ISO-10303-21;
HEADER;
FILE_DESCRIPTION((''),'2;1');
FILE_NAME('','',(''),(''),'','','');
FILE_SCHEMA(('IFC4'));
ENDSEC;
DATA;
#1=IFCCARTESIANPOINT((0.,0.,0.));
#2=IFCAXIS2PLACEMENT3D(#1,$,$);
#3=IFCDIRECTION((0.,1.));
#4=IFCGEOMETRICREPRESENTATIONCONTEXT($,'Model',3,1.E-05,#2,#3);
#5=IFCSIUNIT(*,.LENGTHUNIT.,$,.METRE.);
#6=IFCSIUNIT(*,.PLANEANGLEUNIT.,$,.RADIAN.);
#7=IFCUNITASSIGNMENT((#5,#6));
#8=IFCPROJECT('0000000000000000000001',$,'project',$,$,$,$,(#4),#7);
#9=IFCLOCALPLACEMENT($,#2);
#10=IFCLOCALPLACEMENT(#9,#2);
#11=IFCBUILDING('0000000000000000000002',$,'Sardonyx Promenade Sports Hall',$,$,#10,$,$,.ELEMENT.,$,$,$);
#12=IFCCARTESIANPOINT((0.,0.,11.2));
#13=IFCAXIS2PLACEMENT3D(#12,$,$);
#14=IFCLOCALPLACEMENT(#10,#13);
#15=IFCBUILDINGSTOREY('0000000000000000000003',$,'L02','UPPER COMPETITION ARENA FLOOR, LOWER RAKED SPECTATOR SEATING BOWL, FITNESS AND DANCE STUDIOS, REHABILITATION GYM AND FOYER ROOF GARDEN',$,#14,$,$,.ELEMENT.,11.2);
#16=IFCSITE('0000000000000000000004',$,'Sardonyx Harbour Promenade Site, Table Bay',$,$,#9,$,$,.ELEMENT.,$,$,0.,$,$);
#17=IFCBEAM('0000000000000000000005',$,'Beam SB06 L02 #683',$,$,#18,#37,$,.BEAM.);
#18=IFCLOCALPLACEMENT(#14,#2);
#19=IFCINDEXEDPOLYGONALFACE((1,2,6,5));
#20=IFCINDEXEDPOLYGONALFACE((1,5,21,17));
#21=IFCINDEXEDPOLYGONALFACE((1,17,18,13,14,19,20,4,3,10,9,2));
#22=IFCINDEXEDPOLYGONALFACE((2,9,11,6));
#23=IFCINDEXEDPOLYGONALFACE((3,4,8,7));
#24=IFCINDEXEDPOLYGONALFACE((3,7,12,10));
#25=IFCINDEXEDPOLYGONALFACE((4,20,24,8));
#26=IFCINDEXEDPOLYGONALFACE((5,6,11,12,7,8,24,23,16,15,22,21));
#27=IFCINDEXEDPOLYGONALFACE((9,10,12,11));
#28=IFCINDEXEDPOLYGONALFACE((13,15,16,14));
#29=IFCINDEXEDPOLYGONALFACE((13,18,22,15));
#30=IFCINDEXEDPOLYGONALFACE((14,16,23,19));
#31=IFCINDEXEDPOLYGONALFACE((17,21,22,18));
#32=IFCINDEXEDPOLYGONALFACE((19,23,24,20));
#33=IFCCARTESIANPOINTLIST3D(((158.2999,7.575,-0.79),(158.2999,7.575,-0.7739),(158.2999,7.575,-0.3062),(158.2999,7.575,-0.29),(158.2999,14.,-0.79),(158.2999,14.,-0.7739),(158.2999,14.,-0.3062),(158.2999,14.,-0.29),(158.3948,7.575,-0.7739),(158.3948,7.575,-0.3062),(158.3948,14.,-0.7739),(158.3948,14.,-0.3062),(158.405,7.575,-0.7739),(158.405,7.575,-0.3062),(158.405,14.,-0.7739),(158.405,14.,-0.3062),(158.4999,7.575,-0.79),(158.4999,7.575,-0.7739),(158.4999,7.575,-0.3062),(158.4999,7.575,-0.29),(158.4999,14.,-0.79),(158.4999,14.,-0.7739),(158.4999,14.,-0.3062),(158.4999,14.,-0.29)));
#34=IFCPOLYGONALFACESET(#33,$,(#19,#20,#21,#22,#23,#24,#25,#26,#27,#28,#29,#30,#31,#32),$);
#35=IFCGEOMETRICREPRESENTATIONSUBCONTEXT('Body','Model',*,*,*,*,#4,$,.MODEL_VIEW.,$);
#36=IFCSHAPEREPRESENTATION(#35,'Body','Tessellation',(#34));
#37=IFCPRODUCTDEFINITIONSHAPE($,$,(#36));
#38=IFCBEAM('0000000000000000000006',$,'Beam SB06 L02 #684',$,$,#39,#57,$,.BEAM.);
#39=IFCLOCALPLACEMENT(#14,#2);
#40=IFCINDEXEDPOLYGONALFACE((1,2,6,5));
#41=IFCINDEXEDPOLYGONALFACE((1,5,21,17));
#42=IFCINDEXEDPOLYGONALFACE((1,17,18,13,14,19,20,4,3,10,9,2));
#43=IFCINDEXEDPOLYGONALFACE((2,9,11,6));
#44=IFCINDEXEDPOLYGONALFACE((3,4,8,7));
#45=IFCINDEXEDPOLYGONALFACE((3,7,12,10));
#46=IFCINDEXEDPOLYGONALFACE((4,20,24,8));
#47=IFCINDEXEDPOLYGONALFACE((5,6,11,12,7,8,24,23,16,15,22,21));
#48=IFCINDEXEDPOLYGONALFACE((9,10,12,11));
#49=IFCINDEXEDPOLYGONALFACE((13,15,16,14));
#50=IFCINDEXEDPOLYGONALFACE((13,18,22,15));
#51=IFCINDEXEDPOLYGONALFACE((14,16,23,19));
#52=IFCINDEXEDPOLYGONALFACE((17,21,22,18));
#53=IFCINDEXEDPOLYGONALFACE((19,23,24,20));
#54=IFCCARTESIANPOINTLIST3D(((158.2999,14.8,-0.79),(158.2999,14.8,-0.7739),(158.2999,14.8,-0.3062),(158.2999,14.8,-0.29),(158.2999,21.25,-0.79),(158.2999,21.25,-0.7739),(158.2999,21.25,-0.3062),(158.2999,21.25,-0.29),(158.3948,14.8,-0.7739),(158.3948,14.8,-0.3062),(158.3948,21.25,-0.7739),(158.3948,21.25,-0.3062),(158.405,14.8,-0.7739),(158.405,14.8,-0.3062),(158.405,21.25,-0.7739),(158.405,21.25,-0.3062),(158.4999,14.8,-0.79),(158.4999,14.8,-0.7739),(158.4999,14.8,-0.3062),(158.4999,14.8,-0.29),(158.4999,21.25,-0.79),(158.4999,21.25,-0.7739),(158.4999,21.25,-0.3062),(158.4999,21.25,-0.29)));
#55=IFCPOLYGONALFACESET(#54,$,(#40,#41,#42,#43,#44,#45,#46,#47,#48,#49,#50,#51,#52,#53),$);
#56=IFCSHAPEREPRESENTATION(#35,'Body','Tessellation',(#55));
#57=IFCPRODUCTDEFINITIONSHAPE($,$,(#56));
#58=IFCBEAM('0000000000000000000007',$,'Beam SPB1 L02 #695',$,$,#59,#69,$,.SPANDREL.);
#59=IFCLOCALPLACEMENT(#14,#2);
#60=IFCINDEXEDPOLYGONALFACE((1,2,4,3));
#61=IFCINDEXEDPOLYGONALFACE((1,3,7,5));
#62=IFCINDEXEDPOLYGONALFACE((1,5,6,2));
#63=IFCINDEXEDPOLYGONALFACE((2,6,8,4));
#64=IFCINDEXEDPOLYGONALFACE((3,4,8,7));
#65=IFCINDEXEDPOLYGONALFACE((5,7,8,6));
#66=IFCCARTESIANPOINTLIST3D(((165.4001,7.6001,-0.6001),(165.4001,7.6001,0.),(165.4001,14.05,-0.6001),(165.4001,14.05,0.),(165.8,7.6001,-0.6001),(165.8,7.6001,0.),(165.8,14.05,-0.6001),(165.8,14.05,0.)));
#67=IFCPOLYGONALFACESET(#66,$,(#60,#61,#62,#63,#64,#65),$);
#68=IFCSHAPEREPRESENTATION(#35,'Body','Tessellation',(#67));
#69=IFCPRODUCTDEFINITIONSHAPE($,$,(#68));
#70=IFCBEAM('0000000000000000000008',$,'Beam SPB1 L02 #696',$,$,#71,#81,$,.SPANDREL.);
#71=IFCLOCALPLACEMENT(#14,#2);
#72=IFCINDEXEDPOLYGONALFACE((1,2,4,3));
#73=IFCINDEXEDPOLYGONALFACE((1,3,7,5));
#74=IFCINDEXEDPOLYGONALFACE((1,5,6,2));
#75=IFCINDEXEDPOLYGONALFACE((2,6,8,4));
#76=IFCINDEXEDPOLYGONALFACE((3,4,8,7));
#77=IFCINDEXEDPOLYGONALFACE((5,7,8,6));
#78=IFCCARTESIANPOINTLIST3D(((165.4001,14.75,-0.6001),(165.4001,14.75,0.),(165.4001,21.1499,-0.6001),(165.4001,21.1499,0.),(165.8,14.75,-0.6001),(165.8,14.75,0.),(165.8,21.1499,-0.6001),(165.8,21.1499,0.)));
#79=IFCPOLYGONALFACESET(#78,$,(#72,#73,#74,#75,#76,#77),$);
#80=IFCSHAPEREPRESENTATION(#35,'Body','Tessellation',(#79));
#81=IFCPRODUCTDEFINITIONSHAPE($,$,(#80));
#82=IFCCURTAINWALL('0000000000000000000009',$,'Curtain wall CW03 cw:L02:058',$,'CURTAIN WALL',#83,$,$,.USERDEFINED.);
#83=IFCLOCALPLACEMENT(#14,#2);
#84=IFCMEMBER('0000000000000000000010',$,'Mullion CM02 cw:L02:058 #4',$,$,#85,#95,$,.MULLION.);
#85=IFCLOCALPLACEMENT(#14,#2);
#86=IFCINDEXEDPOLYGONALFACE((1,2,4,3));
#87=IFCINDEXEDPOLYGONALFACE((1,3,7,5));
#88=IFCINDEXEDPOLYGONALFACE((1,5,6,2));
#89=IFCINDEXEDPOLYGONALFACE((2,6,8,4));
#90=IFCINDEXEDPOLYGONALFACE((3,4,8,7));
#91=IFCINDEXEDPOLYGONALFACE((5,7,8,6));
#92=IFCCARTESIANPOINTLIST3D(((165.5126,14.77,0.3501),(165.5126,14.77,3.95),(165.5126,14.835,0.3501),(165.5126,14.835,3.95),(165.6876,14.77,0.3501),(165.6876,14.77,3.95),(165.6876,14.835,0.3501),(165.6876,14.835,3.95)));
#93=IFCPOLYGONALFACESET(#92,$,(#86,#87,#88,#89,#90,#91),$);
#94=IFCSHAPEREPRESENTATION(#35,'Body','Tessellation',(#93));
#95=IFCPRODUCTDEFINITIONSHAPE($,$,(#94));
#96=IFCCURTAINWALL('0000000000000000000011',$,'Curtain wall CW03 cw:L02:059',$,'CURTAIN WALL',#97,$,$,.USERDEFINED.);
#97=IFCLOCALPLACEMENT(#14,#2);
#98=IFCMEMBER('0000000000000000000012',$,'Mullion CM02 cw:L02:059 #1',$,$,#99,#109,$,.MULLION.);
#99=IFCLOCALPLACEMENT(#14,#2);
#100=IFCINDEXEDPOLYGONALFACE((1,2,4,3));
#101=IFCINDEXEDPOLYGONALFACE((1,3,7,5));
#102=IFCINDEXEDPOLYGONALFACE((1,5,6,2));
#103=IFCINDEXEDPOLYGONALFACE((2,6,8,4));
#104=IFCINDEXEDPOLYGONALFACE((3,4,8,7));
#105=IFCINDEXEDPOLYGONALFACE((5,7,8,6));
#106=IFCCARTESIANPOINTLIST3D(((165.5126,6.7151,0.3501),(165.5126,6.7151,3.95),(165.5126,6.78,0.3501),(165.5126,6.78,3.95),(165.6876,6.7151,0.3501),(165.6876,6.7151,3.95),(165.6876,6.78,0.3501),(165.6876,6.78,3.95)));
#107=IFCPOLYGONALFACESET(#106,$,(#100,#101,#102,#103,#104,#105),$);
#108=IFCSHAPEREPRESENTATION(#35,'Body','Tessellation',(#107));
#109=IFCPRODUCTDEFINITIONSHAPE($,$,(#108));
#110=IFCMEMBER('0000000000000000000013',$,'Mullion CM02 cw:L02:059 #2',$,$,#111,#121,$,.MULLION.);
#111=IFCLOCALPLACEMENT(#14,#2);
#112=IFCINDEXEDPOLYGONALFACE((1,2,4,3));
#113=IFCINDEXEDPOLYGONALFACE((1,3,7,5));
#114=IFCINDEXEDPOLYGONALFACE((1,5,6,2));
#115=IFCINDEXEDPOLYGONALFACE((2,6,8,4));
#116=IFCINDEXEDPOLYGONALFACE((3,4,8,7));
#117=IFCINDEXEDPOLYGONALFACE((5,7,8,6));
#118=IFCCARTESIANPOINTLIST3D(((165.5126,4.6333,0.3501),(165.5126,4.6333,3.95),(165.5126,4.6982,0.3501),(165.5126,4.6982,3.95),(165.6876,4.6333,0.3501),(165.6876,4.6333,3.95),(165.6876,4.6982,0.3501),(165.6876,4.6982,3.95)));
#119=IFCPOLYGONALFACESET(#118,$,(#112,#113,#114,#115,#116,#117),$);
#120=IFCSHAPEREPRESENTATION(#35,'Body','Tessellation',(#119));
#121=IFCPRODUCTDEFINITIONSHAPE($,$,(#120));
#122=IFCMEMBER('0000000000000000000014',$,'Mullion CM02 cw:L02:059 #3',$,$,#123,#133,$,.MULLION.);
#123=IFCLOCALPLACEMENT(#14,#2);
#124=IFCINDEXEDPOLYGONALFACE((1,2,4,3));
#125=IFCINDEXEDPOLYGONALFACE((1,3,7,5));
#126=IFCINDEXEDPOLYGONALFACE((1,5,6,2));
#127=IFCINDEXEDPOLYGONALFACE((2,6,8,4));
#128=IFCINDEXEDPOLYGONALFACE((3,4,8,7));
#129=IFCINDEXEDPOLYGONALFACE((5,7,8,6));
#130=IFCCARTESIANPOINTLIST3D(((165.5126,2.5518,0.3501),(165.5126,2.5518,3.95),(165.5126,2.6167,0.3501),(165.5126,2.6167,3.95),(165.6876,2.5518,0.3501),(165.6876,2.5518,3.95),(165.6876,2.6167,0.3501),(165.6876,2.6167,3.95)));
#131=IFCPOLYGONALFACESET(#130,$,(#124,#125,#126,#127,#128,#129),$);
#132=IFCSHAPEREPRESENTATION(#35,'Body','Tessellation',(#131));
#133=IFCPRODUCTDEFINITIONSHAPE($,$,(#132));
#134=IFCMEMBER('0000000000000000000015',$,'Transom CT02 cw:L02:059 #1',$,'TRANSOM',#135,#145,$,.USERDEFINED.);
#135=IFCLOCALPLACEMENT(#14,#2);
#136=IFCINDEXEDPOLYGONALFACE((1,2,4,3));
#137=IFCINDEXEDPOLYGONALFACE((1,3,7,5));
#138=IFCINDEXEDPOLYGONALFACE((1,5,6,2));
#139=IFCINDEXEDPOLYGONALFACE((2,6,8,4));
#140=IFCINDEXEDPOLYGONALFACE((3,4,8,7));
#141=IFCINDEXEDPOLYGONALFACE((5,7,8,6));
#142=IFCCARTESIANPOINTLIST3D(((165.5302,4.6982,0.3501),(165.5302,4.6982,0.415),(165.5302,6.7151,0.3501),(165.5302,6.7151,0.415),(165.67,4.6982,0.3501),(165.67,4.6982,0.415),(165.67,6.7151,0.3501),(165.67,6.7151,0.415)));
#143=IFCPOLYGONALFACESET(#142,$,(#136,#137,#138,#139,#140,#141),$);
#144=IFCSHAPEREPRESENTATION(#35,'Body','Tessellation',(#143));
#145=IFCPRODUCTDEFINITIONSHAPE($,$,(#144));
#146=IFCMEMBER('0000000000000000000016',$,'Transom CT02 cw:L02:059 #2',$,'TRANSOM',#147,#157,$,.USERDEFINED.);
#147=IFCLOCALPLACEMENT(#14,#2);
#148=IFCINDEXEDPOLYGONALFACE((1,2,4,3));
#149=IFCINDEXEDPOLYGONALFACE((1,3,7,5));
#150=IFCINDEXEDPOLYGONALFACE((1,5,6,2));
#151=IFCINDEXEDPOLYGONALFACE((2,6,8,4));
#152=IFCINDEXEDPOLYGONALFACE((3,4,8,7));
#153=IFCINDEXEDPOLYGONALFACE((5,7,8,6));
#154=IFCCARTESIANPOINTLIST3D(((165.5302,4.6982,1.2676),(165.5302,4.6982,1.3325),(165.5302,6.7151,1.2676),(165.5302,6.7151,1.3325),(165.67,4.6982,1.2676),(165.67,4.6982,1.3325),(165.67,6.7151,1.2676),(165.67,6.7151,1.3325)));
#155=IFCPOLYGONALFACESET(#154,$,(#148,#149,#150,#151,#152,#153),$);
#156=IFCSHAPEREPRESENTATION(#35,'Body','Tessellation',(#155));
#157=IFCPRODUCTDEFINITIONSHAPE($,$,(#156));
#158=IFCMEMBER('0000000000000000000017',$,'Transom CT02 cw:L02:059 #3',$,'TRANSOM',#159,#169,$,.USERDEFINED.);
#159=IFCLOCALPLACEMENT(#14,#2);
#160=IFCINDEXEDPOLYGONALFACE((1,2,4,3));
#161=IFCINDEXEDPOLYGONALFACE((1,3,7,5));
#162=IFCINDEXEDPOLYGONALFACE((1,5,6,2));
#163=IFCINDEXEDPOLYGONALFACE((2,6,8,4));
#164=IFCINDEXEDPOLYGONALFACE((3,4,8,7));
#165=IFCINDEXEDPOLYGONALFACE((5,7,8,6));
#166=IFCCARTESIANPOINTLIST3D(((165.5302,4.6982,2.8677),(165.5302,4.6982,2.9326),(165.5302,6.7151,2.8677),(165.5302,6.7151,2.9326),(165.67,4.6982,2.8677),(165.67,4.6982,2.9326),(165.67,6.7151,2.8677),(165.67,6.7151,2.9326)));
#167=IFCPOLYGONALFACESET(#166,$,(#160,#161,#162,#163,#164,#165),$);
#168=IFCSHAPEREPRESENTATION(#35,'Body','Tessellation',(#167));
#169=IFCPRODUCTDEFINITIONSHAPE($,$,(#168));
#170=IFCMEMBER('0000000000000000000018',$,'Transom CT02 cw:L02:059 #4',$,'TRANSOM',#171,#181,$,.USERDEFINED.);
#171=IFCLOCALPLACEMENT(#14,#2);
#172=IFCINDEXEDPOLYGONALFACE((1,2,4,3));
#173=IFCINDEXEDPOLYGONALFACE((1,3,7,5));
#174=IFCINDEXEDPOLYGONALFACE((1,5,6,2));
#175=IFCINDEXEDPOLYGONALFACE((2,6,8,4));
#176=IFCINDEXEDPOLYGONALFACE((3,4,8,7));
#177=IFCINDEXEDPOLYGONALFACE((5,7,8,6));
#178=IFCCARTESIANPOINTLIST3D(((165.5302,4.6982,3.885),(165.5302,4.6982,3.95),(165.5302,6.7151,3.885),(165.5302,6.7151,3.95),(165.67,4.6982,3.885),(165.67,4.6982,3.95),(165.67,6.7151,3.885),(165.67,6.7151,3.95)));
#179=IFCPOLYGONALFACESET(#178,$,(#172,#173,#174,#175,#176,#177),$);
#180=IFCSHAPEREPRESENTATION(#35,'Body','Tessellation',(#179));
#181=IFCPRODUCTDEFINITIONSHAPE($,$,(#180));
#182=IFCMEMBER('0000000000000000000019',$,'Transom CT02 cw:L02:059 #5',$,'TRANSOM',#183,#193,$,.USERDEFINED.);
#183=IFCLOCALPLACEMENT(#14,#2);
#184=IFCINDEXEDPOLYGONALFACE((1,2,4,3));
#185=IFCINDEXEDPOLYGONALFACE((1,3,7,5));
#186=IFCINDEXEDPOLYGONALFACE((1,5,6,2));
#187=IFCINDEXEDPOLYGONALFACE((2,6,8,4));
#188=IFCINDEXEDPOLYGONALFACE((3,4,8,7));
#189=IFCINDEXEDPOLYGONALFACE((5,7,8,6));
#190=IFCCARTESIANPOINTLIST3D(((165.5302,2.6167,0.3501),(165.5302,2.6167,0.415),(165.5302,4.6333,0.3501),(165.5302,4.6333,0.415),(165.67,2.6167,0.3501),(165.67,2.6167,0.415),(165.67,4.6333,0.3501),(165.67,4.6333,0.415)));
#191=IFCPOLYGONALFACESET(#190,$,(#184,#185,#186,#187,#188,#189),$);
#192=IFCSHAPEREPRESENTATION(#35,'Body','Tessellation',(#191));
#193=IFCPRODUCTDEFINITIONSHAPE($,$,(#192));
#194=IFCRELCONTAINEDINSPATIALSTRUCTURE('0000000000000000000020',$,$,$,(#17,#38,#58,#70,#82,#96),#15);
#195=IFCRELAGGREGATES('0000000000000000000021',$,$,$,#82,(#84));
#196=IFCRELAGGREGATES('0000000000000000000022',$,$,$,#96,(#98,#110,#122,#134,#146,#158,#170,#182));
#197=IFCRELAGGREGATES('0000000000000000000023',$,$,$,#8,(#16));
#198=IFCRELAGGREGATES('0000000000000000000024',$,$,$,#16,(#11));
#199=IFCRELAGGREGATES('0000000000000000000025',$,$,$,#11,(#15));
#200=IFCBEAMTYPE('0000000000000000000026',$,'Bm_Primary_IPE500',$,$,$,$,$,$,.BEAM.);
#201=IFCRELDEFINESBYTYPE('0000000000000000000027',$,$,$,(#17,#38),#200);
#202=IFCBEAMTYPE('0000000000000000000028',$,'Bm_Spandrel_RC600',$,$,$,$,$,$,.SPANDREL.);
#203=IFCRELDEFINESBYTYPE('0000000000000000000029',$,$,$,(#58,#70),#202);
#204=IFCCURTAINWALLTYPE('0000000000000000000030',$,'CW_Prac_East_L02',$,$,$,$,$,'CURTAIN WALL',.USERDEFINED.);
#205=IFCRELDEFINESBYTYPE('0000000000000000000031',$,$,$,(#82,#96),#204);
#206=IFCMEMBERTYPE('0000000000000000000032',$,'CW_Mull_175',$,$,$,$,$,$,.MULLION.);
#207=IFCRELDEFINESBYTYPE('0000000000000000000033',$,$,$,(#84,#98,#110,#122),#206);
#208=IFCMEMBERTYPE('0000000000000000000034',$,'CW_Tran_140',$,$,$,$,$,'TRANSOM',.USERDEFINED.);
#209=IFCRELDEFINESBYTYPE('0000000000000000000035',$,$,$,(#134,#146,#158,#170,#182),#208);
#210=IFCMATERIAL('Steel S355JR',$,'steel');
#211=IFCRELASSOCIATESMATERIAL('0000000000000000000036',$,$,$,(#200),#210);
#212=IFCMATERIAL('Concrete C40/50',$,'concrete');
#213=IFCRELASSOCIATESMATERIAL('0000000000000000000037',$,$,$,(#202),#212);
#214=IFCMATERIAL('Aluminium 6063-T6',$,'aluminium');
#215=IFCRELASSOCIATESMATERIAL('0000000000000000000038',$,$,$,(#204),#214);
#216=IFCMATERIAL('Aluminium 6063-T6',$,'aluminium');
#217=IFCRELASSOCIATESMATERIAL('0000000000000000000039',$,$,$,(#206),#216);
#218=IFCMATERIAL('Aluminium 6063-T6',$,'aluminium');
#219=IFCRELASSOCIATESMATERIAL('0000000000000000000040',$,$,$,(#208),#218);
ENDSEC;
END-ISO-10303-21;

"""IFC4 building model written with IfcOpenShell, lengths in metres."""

from ifc_helpers import new_model, si_unit, direction, frame, origin, origin_2d, place, context, subcontext, project, spatial, rectangle, i_section, extrude, material, material_profile, profile_set, type_object, element, aggregate, save


model = new_model("IFC4")

# Units and contexts
model_context = context("Model", 3, precision=1e-05, world=origin(), true_north=direction((0.0, 1.0)))
body_context = subcontext(model_context, "Body", "Model", "MODEL_VIEW")
ifc_project = project(units=[si_unit("LENGTHUNIT", "METRE"), si_unit("PLANEANGLEUNIT", "RADIAN")], contexts=[model_context])

# Site, building, storey
site_placement = place(None, origin())
site = spatial("IfcSite", under=ifc_project, at=site_placement, Name="Sardonyx Harbour Promenade Site, Table Bay", CompositionType="ELEMENT", RefElevation=0.0)
building_placement = place(site_placement, origin())
building = spatial("IfcBuilding", under=site, at=building_placement, Name="Sardonyx Promenade Sports Hall", CompositionType="ELEMENT")
storey_placement = place(building_placement, frame((0.0, 0.0, 11.2)))
storey = spatial("IfcBuildingStorey", under=building, at=storey_placement, Name="L02", Description="UPPER COMPETITION ARENA FLOOR, LOWER RAKED SPECTATOR SEATING BOWL, FITNESS AND DANCE STUDIOS, REHABILITATION GYM AND FOYER ROOF GARDEN", CompositionType="ELEMENT", Elevation=11.2)

# Beams
ifc_material_1 = material(Name="Steel S355JR", Category="steel")
ifc_material_profile_1 = material_profile(ifc_material_1, i_section(OverallWidth=0.2, OverallDepth=0.5, WebThickness=0.0103, FlangeThickness=0.0161, at=origin_2d()))
ifc_profile_set_1 = profile_set([ifc_material_profile_1], Name="Steel S355JR")
beam_type_1 = type_object("IfcBeamType", Name="Bm_Primary_IPE500", PredefinedType="BEAM", material=ifc_profile_set_1)
beam_1_placement = place(storey_placement, frame((158.3999, 7.575, -0.54), z_axis=(0.0, 1.0, 0.0), x_axis=(-1.0, 0.0, 0.0)))
element("IfcBeam", 1, at=beam_1_placement, inside=storey, type_object=beam_type_1, Name="Beam SB06 L02 #683", PredefinedType="BEAM", context=body_context, shape_type="SweptSolid", body=[
    extrude(i_section(OverallWidth=0.2, OverallDepth=0.5, WebThickness=0.0103, FlangeThickness=0.0161, at=origin_2d()), origin(), (0.0, 0.0, 1.0), 6.425),
])
beam_2_placement = place(storey_placement, frame((158.3999, 14.8, -0.54), z_axis=(0.0, 1.0, 0.0), x_axis=(-1.0, 0.0, 0.0)))
element("IfcBeam", 2, at=beam_2_placement, inside=storey, type_object=beam_type_1, Name="Beam SB06 L02 #684", PredefinedType="BEAM", context=body_context, shape_type="SweptSolid", body=[
    extrude(i_section(OverallWidth=0.2, OverallDepth=0.5, WebThickness=0.0103, FlangeThickness=0.0161, at=origin_2d()), origin(), (0.0, 0.0, 1.0), 6.45),
])
ifc_material_2 = material(Name="Concrete C40/50", Category="concrete")
ifc_material_profile_2 = material_profile(ifc_material_2, rectangle(XDim=0.3999, YDim=0.6001, at=origin_2d()))
ifc_profile_set_2 = profile_set([ifc_material_profile_2], Name="Concrete C40/50")
beam_type_2 = type_object("IfcBeamType", Name="Bm_Spandrel_RC600", PredefinedType="SPANDREL", material=ifc_profile_set_2)
beam_3_placement = place(storey_placement, frame((165.6001, 7.6001, -0.3), z_axis=(0.0, 1.0, 0.0), x_axis=(-1.0, 0.0, 0.0)))
element("IfcBeam", 3, at=beam_3_placement, inside=storey, type_object=beam_type_2, Name="Beam SPB1 L02 #695", PredefinedType="SPANDREL", context=body_context, shape_type="SweptSolid", body=[
    extrude(rectangle(XDim=0.3999, YDim=0.6001, at=origin_2d()), origin(), (0.0, 0.0, 1.0), 6.45),
])
beam_4_placement = place(storey_placement, frame((165.6001, 14.75, -0.3), z_axis=(0.0, 1.0, 0.0), x_axis=(-1.0, 0.0, 0.0)))
element("IfcBeam", 4, at=beam_4_placement, inside=storey, type_object=beam_type_2, Name="Beam SPB1 L02 #696", PredefinedType="SPANDREL", context=body_context, shape_type="SweptSolid", body=[
    extrude(rectangle(XDim=0.3999, YDim=0.6001, at=origin_2d()), origin(), (0.0, 0.0, 1.0), 6.3999),
])

# Curtain wall, member
ifc_material_3 = material(Name="Aluminium 6063-T6", Category="aluminium")
curtain_wall_type = type_object("IfcCurtainWallType", Name="CW_Prac_East_L02", ElementType="CURTAIN WALL", PredefinedType="USERDEFINED", material=ifc_material_3)
curtain_wall_1_placement = place(storey_placement, origin())
curtain_wall_1 = element("IfcCurtainWall", 5, at=curtain_wall_1_placement, inside=storey, type_object=curtain_wall_type, Name="Curtain wall CW03 cw:L02:058", ObjectType="CURTAIN WALL", PredefinedType="USERDEFINED")
ifc_material_4 = material(Name="Aluminium 6063-T6", Category="aluminium")
ifc_material_profile_3 = material_profile(ifc_material_4, rectangle(XDim=0.0649, YDim=0.175, at=origin_2d()))
ifc_profile_set_3 = profile_set([ifc_material_profile_3], Name="Aluminium 6063-T6")
member_type_1 = type_object("IfcMemberType", Name="CW_Mull_175", PredefinedType="MULLION", material=ifc_profile_set_3)
member_1_placement = place(storey_placement, frame((165.6001, 14.8025, 0.3501), z_axis=(0.0, 0.0, 1.0), x_axis=(0.0, -1.0, 0.0)))
member_1 = element("IfcMember", 6, at=member_1_placement, type_object=member_type_1, Name="Mullion CM02 cw:L02:058 #4", PredefinedType="MULLION", context=body_context, shape_type="SweptSolid", body=[
    extrude(rectangle(XDim=0.0649, YDim=0.175, at=origin_2d()), origin(), (0.0, 0.0, 1.0), 3.5999),
])

# Curtain wall, members
curtain_wall_2_placement = place(storey_placement, origin())
curtain_wall_2 = element("IfcCurtainWall", 7, at=curtain_wall_2_placement, inside=storey, type_object=curtain_wall_type, Name="Curtain wall CW03 cw:L02:059", ObjectType="CURTAIN WALL", PredefinedType="USERDEFINED")
member_2_placement = place(storey_placement, frame((165.6001, 6.7476, 0.3501), z_axis=(0.0, 0.0, 1.0), x_axis=(0.0, -1.0, 0.0)))
member_2 = element("IfcMember", 8, at=member_2_placement, type_object=member_type_1, Name="Mullion CM02 cw:L02:059 #1", PredefinedType="MULLION", context=body_context, shape_type="SweptSolid", body=[
    extrude(rectangle(XDim=0.0649, YDim=0.175, at=origin_2d()), origin(), (0.0, 0.0, 1.0), 3.5999),
])
member_3_placement = place(storey_placement, frame((165.6001, 4.6658, 0.3501), z_axis=(0.0, 0.0, 1.0), x_axis=(0.0, -1.0, 0.0)))
member_3 = element("IfcMember", 9, at=member_3_placement, type_object=member_type_1, Name="Mullion CM02 cw:L02:059 #2", PredefinedType="MULLION", context=body_context, shape_type="SweptSolid", body=[
    extrude(rectangle(XDim=0.0649, YDim=0.175, at=origin_2d()), origin(), (0.0, 0.0, 1.0), 3.5999),
])
member_4_placement = place(storey_placement, frame((165.6001, 2.5842, 0.3501), z_axis=(0.0, 0.0, 1.0), x_axis=(0.0, -1.0, 0.0)))
member_4 = element("IfcMember", 10, at=member_4_placement, type_object=member_type_1, Name="Mullion CM02 cw:L02:059 #3", PredefinedType="MULLION", context=body_context, shape_type="SweptSolid", body=[
    extrude(rectangle(XDim=0.0649, YDim=0.175, at=origin_2d()), origin(), (0.0, 0.0, 1.0), 3.5999),
])
ifc_material_5 = material(Name="Aluminium 6063-T6", Category="aluminium")
ifc_material_profile_4 = material_profile(ifc_material_5, rectangle(XDim=0.0649, YDim=0.1399, at=origin_2d()))
ifc_profile_set_4 = profile_set([ifc_material_profile_4], Name="Aluminium 6063-T6")
member_type_2 = type_object("IfcMemberType", Name="CW_Tran_140", ElementType="TRANSOM", PredefinedType="USERDEFINED", material=ifc_profile_set_4)
member_5_placement = place(storey_placement, frame((165.6001, 6.7151, 0.3826), z_axis=(0.0, -1.0, 0.0), x_axis=(0.0, 0.0, 1.0)))
member_5 = element("IfcMember", 11, at=member_5_placement, type_object=member_type_2, Name="Transom CT02 cw:L02:059 #1", ObjectType="TRANSOM", PredefinedType="USERDEFINED", context=body_context, shape_type="SweptSolid", body=[
    extrude(rectangle(XDim=0.0649, YDim=0.1399, at=origin_2d()), origin(), (0.0, 0.0, 1.0), 2.0168),
])
member_6_placement = place(storey_placement, frame((165.6001, 6.7151, 1.3), z_axis=(0.0, -1.0, 0.0), x_axis=(0.0, 0.0, 1.0)))
member_6 = element("IfcMember", 12, at=member_6_placement, type_object=member_type_2, Name="Transom CT02 cw:L02:059 #2", ObjectType="TRANSOM", PredefinedType="USERDEFINED", context=body_context, shape_type="SweptSolid", body=[
    extrude(rectangle(XDim=0.0649, YDim=0.1399, at=origin_2d()), origin(), (0.0, 0.0, 1.0), 2.0168),
])
member_7_placement = place(storey_placement, frame((165.6001, 6.7151, 2.9001), z_axis=(0.0, -1.0, 0.0), x_axis=(0.0, 0.0, 1.0)))
member_7 = element("IfcMember", 13, at=member_7_placement, type_object=member_type_2, Name="Transom CT02 cw:L02:059 #3", ObjectType="TRANSOM", PredefinedType="USERDEFINED", context=body_context, shape_type="SweptSolid", body=[
    extrude(rectangle(XDim=0.0649, YDim=0.1399, at=origin_2d()), origin(), (0.0, 0.0, 1.0), 2.0168),
])
member_8_placement = place(storey_placement, frame((165.6001, 6.7151, 3.9175), z_axis=(0.0, -1.0, 0.0), x_axis=(0.0, 0.0, 1.0)))
member_8 = element("IfcMember", 14, at=member_8_placement, type_object=member_type_2, Name="Transom CT02 cw:L02:059 #4", ObjectType="TRANSOM", PredefinedType="USERDEFINED", context=body_context, shape_type="SweptSolid", body=[
    extrude(rectangle(XDim=0.0649, YDim=0.1399, at=origin_2d()), origin(), (0.0, 0.0, 1.0), 2.0168),
])
member_9_placement = place(storey_placement, frame((165.6001, 4.6333, 0.3826), z_axis=(0.0, -1.0, 0.0), x_axis=(0.0, 0.0, 1.0)))
member_9 = element("IfcMember", 15, at=member_9_placement, type_object=member_type_2, Name="Transom CT02 cw:L02:059 #5", ObjectType="TRANSOM", PredefinedType="USERDEFINED", context=body_context, shape_type="SweptSolid", body=[
    extrude(rectangle(XDim=0.0649, YDim=0.1399, at=origin_2d()), origin(), (0.0, 0.0, 1.0), 2.0166),
])

aggregate(curtain_wall_1, [member_1])
aggregate(curtain_wall_2, [member_2, member_3, member_4, member_5, member_6, member_7, member_8, member_9])

save(model, "model.ifc")
